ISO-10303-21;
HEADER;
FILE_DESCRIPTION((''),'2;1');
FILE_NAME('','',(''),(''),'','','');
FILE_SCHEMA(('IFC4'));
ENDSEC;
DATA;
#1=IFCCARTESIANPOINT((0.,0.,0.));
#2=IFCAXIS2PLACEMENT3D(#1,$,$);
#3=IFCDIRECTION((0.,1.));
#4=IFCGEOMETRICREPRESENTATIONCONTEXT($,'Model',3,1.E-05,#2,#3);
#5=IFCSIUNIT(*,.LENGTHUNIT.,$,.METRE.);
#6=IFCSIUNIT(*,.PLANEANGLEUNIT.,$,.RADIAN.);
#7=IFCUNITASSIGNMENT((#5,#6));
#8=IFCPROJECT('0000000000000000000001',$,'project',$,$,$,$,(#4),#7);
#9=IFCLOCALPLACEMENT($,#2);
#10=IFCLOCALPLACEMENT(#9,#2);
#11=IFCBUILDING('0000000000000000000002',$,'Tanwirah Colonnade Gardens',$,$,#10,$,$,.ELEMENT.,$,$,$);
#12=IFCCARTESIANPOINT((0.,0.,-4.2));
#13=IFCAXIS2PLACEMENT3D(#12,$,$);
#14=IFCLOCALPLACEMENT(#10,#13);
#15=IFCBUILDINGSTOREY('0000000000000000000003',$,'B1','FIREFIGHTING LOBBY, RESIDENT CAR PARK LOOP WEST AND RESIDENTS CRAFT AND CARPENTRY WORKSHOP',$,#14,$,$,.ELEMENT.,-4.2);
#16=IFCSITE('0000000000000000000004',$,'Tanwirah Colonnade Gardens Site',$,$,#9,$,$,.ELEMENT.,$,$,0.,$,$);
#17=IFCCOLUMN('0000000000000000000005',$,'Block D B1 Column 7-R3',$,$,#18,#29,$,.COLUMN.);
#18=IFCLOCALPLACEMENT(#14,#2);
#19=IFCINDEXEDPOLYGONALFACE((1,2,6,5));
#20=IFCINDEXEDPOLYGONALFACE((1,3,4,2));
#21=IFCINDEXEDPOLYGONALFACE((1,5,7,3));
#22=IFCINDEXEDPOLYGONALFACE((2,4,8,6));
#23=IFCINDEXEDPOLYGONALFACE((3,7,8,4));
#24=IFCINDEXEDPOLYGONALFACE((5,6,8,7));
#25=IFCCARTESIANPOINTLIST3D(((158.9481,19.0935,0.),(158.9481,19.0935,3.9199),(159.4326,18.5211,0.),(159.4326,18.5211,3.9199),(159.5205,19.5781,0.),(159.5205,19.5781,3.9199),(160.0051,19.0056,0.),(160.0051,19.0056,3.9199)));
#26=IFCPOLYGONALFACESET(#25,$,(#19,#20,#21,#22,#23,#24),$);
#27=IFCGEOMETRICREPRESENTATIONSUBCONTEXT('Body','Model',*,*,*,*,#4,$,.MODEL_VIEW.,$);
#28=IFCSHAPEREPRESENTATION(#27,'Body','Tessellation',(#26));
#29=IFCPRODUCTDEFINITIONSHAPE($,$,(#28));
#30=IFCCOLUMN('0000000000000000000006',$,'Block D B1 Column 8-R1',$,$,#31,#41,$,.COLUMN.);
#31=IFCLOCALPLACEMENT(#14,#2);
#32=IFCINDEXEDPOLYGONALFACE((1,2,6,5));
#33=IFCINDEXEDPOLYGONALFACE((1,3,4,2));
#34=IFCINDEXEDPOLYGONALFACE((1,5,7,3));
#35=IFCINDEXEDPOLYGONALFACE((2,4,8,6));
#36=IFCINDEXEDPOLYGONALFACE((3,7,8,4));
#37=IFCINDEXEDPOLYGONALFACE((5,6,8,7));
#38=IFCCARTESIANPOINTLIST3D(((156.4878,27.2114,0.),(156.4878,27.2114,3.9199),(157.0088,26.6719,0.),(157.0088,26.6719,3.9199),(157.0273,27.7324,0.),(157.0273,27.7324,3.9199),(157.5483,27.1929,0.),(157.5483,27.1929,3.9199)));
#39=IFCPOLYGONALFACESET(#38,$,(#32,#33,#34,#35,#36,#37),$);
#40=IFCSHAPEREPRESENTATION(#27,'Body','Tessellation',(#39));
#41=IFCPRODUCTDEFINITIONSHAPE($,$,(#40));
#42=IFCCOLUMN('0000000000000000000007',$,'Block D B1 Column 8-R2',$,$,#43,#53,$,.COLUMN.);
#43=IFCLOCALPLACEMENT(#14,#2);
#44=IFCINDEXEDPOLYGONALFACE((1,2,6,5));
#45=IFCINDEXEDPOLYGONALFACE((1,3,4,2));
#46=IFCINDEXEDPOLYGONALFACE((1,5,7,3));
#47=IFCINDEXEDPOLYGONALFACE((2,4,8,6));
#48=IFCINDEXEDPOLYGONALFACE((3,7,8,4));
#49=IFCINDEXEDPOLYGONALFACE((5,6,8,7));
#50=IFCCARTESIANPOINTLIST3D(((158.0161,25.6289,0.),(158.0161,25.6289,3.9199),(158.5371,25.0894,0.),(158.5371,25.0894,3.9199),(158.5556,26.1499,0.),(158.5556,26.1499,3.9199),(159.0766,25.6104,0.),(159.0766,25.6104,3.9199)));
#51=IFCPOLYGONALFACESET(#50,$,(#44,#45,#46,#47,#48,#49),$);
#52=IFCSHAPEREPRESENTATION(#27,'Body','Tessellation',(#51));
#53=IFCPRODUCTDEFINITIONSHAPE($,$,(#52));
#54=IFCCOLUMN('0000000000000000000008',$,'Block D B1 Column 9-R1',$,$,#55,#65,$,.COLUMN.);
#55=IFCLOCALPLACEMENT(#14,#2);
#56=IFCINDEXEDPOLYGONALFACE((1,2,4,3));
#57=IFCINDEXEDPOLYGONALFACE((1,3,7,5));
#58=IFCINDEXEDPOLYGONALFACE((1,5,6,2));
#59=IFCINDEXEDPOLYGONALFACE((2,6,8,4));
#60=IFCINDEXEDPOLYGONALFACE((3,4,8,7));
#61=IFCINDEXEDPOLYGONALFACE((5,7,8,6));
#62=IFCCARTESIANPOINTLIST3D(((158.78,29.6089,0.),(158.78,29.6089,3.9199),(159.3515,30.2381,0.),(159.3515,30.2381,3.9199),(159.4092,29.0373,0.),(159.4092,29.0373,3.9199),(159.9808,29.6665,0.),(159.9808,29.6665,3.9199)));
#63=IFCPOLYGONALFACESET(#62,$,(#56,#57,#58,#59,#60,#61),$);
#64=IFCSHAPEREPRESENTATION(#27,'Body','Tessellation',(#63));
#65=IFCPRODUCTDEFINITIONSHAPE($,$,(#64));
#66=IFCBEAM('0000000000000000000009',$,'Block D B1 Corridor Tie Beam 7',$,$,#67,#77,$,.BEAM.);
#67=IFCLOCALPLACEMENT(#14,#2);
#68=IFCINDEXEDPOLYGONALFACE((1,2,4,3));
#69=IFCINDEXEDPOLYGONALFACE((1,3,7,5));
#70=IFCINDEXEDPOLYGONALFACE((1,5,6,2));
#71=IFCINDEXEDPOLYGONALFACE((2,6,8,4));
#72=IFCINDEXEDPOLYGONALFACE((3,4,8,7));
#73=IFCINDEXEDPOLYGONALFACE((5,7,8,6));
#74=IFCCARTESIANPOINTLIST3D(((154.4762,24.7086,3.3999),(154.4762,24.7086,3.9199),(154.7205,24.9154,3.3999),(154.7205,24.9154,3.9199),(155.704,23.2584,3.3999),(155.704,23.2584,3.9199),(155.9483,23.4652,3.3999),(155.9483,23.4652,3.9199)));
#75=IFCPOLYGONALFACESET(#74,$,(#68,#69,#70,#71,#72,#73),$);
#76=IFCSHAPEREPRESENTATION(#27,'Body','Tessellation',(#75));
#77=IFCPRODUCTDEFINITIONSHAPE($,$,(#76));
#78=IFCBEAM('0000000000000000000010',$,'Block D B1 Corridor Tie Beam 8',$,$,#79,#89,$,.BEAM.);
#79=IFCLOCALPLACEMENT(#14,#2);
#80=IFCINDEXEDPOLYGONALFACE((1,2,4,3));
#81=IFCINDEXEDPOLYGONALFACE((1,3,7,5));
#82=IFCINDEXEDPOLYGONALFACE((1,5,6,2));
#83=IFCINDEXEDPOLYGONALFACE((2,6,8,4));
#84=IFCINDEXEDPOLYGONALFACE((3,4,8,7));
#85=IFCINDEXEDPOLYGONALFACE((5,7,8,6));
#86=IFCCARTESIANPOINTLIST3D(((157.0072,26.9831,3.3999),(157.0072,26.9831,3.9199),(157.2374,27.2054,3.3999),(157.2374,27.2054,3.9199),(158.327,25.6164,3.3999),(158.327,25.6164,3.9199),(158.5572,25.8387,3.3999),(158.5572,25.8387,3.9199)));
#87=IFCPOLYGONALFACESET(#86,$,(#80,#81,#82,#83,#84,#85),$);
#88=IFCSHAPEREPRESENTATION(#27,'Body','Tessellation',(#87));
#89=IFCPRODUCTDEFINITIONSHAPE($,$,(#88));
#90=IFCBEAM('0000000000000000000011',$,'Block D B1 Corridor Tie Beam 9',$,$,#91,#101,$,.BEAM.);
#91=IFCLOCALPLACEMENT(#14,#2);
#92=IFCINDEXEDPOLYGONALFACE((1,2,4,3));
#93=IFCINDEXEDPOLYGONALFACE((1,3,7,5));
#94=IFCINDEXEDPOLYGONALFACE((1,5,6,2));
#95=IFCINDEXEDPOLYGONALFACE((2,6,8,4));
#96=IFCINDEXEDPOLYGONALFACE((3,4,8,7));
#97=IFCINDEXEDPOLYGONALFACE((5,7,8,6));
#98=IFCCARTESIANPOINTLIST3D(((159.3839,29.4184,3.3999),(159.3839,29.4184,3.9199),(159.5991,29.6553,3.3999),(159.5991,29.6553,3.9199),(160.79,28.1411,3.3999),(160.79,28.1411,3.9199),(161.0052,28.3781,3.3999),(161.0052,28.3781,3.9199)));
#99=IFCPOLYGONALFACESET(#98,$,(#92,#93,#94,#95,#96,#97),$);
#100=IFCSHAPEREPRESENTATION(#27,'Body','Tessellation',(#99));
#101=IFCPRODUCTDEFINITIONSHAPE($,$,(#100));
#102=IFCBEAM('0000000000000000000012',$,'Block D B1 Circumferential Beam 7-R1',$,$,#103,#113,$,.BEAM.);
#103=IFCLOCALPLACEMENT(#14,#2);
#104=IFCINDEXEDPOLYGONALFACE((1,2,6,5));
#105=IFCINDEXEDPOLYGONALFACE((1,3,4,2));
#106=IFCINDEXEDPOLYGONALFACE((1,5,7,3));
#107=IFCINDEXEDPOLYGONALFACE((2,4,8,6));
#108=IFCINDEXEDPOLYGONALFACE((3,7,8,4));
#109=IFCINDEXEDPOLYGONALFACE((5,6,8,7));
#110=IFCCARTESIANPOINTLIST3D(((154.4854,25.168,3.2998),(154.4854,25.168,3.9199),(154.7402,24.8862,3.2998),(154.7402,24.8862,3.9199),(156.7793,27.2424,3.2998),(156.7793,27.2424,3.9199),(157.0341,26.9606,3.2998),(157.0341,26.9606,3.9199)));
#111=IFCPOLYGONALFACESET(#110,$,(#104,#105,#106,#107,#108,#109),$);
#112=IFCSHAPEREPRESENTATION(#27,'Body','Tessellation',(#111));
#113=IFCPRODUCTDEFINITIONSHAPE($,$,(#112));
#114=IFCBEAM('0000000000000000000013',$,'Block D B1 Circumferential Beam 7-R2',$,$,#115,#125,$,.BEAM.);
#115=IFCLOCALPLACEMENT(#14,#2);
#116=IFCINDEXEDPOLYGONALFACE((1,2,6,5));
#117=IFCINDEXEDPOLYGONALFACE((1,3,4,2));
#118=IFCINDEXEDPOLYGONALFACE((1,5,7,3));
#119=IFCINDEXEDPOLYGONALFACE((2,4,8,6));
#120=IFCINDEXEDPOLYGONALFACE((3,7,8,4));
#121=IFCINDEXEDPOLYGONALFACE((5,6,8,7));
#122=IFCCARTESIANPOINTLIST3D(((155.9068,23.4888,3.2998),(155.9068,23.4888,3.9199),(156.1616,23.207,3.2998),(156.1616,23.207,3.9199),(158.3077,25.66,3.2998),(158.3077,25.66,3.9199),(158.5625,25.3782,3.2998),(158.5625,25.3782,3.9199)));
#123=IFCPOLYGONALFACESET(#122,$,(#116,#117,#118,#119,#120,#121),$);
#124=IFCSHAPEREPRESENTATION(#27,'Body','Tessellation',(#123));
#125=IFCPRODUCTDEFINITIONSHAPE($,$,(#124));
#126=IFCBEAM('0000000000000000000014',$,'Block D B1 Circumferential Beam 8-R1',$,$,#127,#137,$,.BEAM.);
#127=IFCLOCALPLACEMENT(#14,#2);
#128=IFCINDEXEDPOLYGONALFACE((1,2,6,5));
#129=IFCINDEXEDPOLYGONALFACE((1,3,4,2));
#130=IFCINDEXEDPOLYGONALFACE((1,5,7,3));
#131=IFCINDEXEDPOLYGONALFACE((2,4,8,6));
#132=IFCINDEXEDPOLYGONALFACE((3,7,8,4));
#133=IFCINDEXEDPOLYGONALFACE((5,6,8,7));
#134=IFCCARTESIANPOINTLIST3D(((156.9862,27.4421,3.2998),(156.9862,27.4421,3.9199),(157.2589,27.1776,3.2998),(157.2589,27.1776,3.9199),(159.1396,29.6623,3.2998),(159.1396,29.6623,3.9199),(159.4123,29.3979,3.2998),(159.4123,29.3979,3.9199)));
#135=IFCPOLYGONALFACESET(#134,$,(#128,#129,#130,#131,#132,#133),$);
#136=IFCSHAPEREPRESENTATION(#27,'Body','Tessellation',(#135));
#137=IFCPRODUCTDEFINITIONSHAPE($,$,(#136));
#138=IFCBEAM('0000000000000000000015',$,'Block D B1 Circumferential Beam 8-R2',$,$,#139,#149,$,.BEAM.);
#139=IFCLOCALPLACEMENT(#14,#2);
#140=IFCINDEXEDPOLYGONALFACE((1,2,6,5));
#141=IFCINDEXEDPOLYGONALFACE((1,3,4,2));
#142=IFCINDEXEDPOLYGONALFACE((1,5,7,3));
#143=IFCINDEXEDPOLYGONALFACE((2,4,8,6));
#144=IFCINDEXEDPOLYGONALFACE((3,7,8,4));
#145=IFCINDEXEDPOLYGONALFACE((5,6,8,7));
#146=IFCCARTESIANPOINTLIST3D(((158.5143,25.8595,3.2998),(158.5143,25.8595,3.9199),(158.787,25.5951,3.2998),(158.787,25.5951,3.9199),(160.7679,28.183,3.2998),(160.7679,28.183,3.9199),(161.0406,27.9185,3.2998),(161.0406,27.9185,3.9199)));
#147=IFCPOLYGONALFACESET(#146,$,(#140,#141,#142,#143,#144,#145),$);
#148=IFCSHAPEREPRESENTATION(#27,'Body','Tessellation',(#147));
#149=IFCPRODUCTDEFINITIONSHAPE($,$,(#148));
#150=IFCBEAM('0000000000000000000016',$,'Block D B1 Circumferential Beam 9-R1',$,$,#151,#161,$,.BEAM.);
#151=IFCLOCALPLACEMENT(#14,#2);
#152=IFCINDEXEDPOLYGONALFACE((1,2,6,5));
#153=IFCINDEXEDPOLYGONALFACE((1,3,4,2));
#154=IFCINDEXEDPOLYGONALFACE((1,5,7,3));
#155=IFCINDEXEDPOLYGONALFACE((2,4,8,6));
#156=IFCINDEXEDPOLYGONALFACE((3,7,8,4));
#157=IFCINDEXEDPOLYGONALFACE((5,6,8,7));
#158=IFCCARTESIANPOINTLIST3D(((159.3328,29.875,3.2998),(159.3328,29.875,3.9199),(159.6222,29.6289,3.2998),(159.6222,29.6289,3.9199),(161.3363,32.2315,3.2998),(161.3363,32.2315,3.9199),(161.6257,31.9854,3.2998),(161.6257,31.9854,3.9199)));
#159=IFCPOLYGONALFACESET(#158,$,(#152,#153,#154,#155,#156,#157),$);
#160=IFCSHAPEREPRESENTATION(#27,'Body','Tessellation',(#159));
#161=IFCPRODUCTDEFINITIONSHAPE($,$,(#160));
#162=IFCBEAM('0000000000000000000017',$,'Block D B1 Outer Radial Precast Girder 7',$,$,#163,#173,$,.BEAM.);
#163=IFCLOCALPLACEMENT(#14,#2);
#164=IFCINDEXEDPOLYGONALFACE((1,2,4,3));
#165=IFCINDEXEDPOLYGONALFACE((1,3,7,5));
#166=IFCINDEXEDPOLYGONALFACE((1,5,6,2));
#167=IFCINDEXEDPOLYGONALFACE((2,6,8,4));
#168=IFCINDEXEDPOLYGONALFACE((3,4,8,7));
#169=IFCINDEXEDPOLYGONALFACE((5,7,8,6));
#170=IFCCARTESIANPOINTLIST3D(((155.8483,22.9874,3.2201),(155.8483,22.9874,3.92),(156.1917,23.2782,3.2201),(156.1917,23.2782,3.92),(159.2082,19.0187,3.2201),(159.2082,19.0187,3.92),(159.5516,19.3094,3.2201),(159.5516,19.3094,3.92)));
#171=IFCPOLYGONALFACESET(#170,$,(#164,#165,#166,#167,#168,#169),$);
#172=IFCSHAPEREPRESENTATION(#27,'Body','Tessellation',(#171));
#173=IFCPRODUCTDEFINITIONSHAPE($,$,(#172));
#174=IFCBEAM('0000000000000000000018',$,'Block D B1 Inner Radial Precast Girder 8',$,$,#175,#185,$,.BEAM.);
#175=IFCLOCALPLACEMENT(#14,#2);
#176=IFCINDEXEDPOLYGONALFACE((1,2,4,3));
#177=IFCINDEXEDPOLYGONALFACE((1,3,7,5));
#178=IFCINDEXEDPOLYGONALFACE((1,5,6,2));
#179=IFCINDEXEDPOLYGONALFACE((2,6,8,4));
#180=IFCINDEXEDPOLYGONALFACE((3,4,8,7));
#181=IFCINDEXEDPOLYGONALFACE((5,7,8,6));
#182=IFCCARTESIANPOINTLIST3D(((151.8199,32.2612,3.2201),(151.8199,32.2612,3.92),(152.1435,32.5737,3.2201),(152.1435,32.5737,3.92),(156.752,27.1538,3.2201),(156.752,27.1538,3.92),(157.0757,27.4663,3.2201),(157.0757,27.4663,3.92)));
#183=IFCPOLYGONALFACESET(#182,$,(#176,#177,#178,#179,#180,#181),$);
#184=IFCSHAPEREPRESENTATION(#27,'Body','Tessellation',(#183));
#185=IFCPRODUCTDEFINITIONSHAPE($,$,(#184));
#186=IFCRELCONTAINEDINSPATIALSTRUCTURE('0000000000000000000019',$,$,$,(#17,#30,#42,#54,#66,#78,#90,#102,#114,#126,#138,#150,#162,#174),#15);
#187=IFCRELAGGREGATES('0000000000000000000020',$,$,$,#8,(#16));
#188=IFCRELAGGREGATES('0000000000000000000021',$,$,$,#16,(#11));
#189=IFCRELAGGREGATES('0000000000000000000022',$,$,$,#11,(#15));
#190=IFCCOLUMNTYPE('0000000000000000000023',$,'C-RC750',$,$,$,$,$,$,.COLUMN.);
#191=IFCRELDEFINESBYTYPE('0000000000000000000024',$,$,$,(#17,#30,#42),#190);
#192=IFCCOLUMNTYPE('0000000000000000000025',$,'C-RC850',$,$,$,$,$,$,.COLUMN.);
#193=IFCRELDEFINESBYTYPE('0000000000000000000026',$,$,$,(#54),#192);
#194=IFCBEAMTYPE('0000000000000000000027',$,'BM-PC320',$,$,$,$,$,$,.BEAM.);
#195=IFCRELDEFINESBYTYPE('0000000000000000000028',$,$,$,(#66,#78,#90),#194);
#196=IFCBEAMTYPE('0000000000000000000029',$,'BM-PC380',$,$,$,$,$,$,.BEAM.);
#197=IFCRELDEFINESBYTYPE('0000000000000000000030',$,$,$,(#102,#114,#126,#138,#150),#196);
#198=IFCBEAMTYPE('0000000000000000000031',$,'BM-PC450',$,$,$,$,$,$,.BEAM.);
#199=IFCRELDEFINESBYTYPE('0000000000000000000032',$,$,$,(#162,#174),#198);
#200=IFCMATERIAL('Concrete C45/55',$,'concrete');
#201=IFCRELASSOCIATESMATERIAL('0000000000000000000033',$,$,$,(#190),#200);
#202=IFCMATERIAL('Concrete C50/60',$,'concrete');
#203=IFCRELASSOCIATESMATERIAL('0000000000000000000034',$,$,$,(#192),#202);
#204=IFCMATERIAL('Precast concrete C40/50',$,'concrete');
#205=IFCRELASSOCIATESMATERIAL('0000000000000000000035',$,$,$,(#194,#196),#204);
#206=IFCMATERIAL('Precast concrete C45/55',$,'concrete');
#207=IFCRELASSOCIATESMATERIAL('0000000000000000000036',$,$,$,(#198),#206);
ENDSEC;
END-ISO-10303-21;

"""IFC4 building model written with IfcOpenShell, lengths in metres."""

from ifc_helpers import new_model, si_unit, direction, frame, origin, origin_2d, place, context, subcontext, project, spatial, rectangle, extrude, material, material_profile, profile_set, type_object, element, save


model = new_model("IFC4")

# Units and contexts
model_context = context("Model", 3, precision=1e-05, world=origin(), true_north=direction((0.0, 1.0)))
body_context = subcontext(model_context, "Body", "Model", "MODEL_VIEW")
ifc_project = project(units=[si_unit("LENGTHUNIT", "METRE"), si_unit("PLANEANGLEUNIT", "RADIAN")], contexts=[model_context])

# Site, building, storey
site_placement = place(None, origin())
site = spatial("IfcSite", under=ifc_project, at=site_placement, Name="Tanwirah Colonnade Gardens Site", CompositionType="ELEMENT", RefElevation=0.0)
building_placement = place(site_placement, origin())
building = spatial("IfcBuilding", under=site, at=building_placement, Name="Tanwirah Colonnade Gardens", CompositionType="ELEMENT")
storey_placement = place(building_placement, frame((0.0, 0.0, -4.2)))
storey = spatial("IfcBuildingStorey", under=building, at=storey_placement, Name="B1", Description="FIREFIGHTING LOBBY, RESIDENT CAR PARK LOOP WEST AND RESIDENTS CRAFT AND CARPENTRY WORKSHOP", CompositionType="ELEMENT", Elevation=-4.2)

# Shared definitions
ifc_material_1 = material(Name="Concrete C45/55", Category="concrete")

# Columns
ifc_material_profile_1 = material_profile(ifc_material_1, rectangle(XDim=0.75, YDim=0.75, at=origin_2d()), Name="RC-COL 750x750")
ifc_profile_set_1 = profile_set([ifc_material_profile_1], Name="Concrete C45/55")
column_type_1 = type_object("IfcColumnType", Name="C-RC750", PredefinedType="COLUMN", material=ifc_profile_set_1)
for number, where, z_axis, x_axis, name in (
    (1, (159.4766, 19.0496, 0.0), (0.0, 0.0, 1.0), (0.646124, -0.763232, 0.0), "Block D B1 Column 7-R3"),
    (2, (157.0181, 27.2021, 0.0), (0.0, 0.0, 1.0), (0.694658, -0.71934, 0.0), "Block D B1 Column 8-R1"),
    (3, (158.5464, 25.6196, 0.0), (0.0, 0.0, 1.0), (0.694658, -0.71934, 0.0), "Block D B1 Column 8-R2"),
):
    element("IfcColumn", number, at=place(storey_placement, frame(where, z_axis=z_axis, x_axis=x_axis)), inside=storey, type_object=column_type_1, Name=name, PredefinedType="COLUMN", context=body_context, shape_type="SweptSolid", body=[
        extrude(rectangle(XDim=0.75, YDim=0.75, at=origin_2d()), origin(), (0.0, 0.0, 1.0), 3.9199),
    ])
ifc_material_2 = material(Name="Concrete C50/60", Category="concrete")
ifc_material_profile_2 = material_profile(ifc_material_2, rectangle(XDim=0.8501, YDim=0.8501, at=origin_2d()), Name="RC-COL 850x850")
ifc_profile_set_2 = profile_set([ifc_material_profile_2], Name="Concrete C50/60")
column_type_2 = type_object("IfcColumnType", Name="C-RC850", PredefinedType="COLUMN", material=ifc_profile_set_2)
column_placement = place(storey_placement, frame((159.3804, 29.6377, 0.0), z_axis=(0.0, 0.0, 1.0), x_axis=(0.740218, -0.672367, 0.0)))
element("IfcColumn", 4, at=column_placement, inside=storey, type_object=column_type_2, Name="Block D B1 Column 9-R1", PredefinedType="COLUMN", context=body_context, shape_type="SweptSolid", body=[
    extrude(rectangle(XDim=0.8501, YDim=0.8501, at=origin_2d()), origin(), (0.0, 0.0, 1.0), 3.9199),
])

# Beams
ifc_material_3 = material(Name="Precast concrete C40/50", Category="concrete")
ifc_material_profile_3 = material_profile(ifc_material_3, rectangle(XDim=0.3201, YDim=0.52, at=origin_2d()), Name="PC-BM 320x520")
ifc_profile_set_3 = profile_set([ifc_material_profile_3], Name="Precast concrete C40/50")
beam_type_1 = type_object("IfcBeamType", Name="BM-PC320", PredefinedType="BEAM", material=ifc_profile_set_3)
beam_1_placement = place(storey_placement, frame((154.5984, 24.812, 3.6599), z_axis=(0.646155, -0.763206, 0.0), x_axis=(0.763206, 0.646155, 0.0)))
element("IfcBeam", 5, at=beam_1_placement, inside=storey, type_object=beam_type_1, Name="Block D B1 Corridor Tie Beam 7", PredefinedType="BEAM", context=body_context, shape_type="SweptSolid", body=[
    extrude(rectangle(XDim=0.3201, YDim=0.52, at=origin_2d()), origin(), (0.0, 0.0, 1.0), 1.9001),
])
beam_2_placement = place(storey_placement, frame((157.1223, 27.0942, 3.6599), z_axis=(0.694663, -0.719335, 0.0), x_axis=(0.719335, 0.694663, 0.0)))
element("IfcBeam", 6, at=beam_2_placement, inside=storey, type_object=beam_type_1, Name="Block D B1 Corridor Tie Beam 8", PredefinedType="BEAM", context=body_context, shape_type="SweptSolid", body=[
    extrude(rectangle(XDim=0.3201, YDim=0.52, at=origin_2d()), origin(), (0.0, 0.0, 1.0), 1.8999),
])
beam_3_placement = place(storey_placement, frame((159.4915, 29.5369, 3.6599), z_axis=(0.740219, -0.672366, 0.0), x_axis=(0.672366, 0.740219, 0.0)))
element("IfcBeam", 7, at=beam_3_placement, inside=storey, type_object=beam_type_1, Name="Block D B1 Corridor Tie Beam 9", PredefinedType="BEAM", context=body_context, shape_type="SweptSolid", body=[
    extrude(rectangle(XDim=0.3201, YDim=0.52, at=origin_2d()), origin(), (0.0, 0.0, 1.0), 1.8997),
])
ifc_material_profile_4 = material_profile(ifc_material_3, rectangle(XDim=0.3799, YDim=0.6201, at=origin_2d()), Name="PC-BM 380x620")
ifc_profile_set_4 = profile_set([ifc_material_profile_4], Name="Precast concrete C40/50")
beam_type_2 = type_object("IfcBeamType", Name="BM-PC380", PredefinedType="BEAM", material=ifc_profile_set_4)
beam_4_placement = place(storey_placement, frame((154.6128, 25.0271, 3.6099), z_axis=(0.741698, 0.670733, 0.0), x_axis=(-0.670733, 0.741698, 0.0)))
element("IfcBeam", 8, at=beam_4_placement, inside=storey, type_object=beam_type_2, Name="Block D B1 Circumferential Beam 7-R1", PredefinedType="BEAM", context=body_context, shape_type="SweptSolid", body=[
    extrude(rectangle(XDim=0.3799, YDim=0.6201, at=origin_2d()), origin(), (0.0, 0.0, 1.0), 3.0928),
])
beam_5_placement = place(storey_placement, frame((156.0342, 23.3479, 3.6099), z_axis=(0.741702, 0.67073, 0.0), x_axis=(-0.67073, 0.741702, 0.0)))
element("IfcBeam", 9, at=beam_5_placement, inside=storey, type_object=beam_type_2, Name="Block D B1 Circumferential Beam 7-R2", PredefinedType="BEAM", context=body_context, shape_type="SweptSolid", body=[
    extrude(rectangle(XDim=0.3799, YDim=0.6201, at=origin_2d()), origin(), (0.0, 0.0, 1.0), 3.2371),
])
beam_6_placement = place(storey_placement, frame((157.1226, 27.3098, 3.6099), z_axis=(0.69621, 0.717838, 0.0), x_axis=(-0.717838, 0.69621, 0.0)))
element("IfcBeam", 10, at=beam_6_placement, inside=storey, type_object=beam_type_2, Name="Block D B1 Circumferential Beam 8-R1", PredefinedType="BEAM", context=body_context, shape_type="SweptSolid", body=[
    extrude(rectangle(XDim=0.3799, YDim=0.6201, at=origin_2d()), origin(), (0.0, 0.0, 1.0), 3.093),
])
beam_7_placement = place(storey_placement, frame((158.6506, 25.7273, 3.6099), z_axis=(0.696239, 0.71781, 0.0), x_axis=(-0.71781, 0.696239, 0.0)))
element("IfcBeam", 11, at=beam_7_placement, inside=storey, type_object=beam_type_2, Name="Block D B1 Circumferential Beam 8-R2", PredefinedType="BEAM", context=body_context, shape_type="SweptSolid", body=[
    extrude(rectangle(XDim=0.3799, YDim=0.6201, at=origin_2d()), origin(), (0.0, 0.0, 1.0), 3.2368),
])
beam_8_placement = place(storey_placement, frame((159.4775, 29.752, 3.6099), z_axis=(0.647731, 0.761869, 0.0), x_axis=(-0.761869, 0.647731, 0.0)))
element("IfcBeam", 12, at=beam_8_placement, inside=storey, type_object=beam_type_2, Name="Block D B1 Circumferential Beam 9-R1", PredefinedType="BEAM", context=body_context, shape_type="SweptSolid", body=[
    extrude(rectangle(XDim=0.3799, YDim=0.6201, at=origin_2d()), origin(), (0.0, 0.0, 1.0), 3.093),
])
ifc_material_4 = material(Name="Precast concrete C45/55", Category="concrete")
ifc_material_profile_5 = material_profile(ifc_material_4, rectangle(XDim=0.45, YDim=0.7, at=origin_2d()), Name="PC-BM 450x700")
ifc_profile_set_5 = profile_set([ifc_material_profile_5], Name="Precast concrete C45/55")
beam_type_3 = type_object("IfcBeamType", Name="BM-PC450", PredefinedType="BEAM", material=ifc_profile_set_5)
beam_9_placement = place(storey_placement, frame((156.02, 23.1328, 3.5701), z_axis=(0.646132, -0.763226, 0.0), x_axis=(0.763226, 0.646132, 0.0)))
element("IfcBeam", 13, at=beam_9_placement, inside=storey, type_object=beam_type_3, Name="Block D B1 Outer Radial Precast Girder 7", PredefinedType="BEAM", context=body_context, shape_type="SweptSolid", body=[
    extrude(rectangle(XDim=0.45, YDim=0.7, at=origin_2d()), origin(), (0.0, 0.0, 1.0), 5.2),
])
beam_10_placement = place(storey_placement, frame((156.9138, 27.3101, 3.5701), z_axis=(-0.694655, 0.719343, 0.0), x_axis=(-0.719343, -0.694655, 0.0)))
element("IfcBeam", 14, at=beam_10_placement, inside=storey, type_object=beam_type_3, Name="Block D B1 Inner Radial Precast Girder 8", PredefinedType="BEAM", context=body_context, shape_type="SweptSolid", body=[
    extrude(rectangle(XDim=0.45, YDim=0.7, at=origin_2d()), origin(), (0.0, 0.0, 1.0), 7.1001),
])

save(model, "model.ifc")
